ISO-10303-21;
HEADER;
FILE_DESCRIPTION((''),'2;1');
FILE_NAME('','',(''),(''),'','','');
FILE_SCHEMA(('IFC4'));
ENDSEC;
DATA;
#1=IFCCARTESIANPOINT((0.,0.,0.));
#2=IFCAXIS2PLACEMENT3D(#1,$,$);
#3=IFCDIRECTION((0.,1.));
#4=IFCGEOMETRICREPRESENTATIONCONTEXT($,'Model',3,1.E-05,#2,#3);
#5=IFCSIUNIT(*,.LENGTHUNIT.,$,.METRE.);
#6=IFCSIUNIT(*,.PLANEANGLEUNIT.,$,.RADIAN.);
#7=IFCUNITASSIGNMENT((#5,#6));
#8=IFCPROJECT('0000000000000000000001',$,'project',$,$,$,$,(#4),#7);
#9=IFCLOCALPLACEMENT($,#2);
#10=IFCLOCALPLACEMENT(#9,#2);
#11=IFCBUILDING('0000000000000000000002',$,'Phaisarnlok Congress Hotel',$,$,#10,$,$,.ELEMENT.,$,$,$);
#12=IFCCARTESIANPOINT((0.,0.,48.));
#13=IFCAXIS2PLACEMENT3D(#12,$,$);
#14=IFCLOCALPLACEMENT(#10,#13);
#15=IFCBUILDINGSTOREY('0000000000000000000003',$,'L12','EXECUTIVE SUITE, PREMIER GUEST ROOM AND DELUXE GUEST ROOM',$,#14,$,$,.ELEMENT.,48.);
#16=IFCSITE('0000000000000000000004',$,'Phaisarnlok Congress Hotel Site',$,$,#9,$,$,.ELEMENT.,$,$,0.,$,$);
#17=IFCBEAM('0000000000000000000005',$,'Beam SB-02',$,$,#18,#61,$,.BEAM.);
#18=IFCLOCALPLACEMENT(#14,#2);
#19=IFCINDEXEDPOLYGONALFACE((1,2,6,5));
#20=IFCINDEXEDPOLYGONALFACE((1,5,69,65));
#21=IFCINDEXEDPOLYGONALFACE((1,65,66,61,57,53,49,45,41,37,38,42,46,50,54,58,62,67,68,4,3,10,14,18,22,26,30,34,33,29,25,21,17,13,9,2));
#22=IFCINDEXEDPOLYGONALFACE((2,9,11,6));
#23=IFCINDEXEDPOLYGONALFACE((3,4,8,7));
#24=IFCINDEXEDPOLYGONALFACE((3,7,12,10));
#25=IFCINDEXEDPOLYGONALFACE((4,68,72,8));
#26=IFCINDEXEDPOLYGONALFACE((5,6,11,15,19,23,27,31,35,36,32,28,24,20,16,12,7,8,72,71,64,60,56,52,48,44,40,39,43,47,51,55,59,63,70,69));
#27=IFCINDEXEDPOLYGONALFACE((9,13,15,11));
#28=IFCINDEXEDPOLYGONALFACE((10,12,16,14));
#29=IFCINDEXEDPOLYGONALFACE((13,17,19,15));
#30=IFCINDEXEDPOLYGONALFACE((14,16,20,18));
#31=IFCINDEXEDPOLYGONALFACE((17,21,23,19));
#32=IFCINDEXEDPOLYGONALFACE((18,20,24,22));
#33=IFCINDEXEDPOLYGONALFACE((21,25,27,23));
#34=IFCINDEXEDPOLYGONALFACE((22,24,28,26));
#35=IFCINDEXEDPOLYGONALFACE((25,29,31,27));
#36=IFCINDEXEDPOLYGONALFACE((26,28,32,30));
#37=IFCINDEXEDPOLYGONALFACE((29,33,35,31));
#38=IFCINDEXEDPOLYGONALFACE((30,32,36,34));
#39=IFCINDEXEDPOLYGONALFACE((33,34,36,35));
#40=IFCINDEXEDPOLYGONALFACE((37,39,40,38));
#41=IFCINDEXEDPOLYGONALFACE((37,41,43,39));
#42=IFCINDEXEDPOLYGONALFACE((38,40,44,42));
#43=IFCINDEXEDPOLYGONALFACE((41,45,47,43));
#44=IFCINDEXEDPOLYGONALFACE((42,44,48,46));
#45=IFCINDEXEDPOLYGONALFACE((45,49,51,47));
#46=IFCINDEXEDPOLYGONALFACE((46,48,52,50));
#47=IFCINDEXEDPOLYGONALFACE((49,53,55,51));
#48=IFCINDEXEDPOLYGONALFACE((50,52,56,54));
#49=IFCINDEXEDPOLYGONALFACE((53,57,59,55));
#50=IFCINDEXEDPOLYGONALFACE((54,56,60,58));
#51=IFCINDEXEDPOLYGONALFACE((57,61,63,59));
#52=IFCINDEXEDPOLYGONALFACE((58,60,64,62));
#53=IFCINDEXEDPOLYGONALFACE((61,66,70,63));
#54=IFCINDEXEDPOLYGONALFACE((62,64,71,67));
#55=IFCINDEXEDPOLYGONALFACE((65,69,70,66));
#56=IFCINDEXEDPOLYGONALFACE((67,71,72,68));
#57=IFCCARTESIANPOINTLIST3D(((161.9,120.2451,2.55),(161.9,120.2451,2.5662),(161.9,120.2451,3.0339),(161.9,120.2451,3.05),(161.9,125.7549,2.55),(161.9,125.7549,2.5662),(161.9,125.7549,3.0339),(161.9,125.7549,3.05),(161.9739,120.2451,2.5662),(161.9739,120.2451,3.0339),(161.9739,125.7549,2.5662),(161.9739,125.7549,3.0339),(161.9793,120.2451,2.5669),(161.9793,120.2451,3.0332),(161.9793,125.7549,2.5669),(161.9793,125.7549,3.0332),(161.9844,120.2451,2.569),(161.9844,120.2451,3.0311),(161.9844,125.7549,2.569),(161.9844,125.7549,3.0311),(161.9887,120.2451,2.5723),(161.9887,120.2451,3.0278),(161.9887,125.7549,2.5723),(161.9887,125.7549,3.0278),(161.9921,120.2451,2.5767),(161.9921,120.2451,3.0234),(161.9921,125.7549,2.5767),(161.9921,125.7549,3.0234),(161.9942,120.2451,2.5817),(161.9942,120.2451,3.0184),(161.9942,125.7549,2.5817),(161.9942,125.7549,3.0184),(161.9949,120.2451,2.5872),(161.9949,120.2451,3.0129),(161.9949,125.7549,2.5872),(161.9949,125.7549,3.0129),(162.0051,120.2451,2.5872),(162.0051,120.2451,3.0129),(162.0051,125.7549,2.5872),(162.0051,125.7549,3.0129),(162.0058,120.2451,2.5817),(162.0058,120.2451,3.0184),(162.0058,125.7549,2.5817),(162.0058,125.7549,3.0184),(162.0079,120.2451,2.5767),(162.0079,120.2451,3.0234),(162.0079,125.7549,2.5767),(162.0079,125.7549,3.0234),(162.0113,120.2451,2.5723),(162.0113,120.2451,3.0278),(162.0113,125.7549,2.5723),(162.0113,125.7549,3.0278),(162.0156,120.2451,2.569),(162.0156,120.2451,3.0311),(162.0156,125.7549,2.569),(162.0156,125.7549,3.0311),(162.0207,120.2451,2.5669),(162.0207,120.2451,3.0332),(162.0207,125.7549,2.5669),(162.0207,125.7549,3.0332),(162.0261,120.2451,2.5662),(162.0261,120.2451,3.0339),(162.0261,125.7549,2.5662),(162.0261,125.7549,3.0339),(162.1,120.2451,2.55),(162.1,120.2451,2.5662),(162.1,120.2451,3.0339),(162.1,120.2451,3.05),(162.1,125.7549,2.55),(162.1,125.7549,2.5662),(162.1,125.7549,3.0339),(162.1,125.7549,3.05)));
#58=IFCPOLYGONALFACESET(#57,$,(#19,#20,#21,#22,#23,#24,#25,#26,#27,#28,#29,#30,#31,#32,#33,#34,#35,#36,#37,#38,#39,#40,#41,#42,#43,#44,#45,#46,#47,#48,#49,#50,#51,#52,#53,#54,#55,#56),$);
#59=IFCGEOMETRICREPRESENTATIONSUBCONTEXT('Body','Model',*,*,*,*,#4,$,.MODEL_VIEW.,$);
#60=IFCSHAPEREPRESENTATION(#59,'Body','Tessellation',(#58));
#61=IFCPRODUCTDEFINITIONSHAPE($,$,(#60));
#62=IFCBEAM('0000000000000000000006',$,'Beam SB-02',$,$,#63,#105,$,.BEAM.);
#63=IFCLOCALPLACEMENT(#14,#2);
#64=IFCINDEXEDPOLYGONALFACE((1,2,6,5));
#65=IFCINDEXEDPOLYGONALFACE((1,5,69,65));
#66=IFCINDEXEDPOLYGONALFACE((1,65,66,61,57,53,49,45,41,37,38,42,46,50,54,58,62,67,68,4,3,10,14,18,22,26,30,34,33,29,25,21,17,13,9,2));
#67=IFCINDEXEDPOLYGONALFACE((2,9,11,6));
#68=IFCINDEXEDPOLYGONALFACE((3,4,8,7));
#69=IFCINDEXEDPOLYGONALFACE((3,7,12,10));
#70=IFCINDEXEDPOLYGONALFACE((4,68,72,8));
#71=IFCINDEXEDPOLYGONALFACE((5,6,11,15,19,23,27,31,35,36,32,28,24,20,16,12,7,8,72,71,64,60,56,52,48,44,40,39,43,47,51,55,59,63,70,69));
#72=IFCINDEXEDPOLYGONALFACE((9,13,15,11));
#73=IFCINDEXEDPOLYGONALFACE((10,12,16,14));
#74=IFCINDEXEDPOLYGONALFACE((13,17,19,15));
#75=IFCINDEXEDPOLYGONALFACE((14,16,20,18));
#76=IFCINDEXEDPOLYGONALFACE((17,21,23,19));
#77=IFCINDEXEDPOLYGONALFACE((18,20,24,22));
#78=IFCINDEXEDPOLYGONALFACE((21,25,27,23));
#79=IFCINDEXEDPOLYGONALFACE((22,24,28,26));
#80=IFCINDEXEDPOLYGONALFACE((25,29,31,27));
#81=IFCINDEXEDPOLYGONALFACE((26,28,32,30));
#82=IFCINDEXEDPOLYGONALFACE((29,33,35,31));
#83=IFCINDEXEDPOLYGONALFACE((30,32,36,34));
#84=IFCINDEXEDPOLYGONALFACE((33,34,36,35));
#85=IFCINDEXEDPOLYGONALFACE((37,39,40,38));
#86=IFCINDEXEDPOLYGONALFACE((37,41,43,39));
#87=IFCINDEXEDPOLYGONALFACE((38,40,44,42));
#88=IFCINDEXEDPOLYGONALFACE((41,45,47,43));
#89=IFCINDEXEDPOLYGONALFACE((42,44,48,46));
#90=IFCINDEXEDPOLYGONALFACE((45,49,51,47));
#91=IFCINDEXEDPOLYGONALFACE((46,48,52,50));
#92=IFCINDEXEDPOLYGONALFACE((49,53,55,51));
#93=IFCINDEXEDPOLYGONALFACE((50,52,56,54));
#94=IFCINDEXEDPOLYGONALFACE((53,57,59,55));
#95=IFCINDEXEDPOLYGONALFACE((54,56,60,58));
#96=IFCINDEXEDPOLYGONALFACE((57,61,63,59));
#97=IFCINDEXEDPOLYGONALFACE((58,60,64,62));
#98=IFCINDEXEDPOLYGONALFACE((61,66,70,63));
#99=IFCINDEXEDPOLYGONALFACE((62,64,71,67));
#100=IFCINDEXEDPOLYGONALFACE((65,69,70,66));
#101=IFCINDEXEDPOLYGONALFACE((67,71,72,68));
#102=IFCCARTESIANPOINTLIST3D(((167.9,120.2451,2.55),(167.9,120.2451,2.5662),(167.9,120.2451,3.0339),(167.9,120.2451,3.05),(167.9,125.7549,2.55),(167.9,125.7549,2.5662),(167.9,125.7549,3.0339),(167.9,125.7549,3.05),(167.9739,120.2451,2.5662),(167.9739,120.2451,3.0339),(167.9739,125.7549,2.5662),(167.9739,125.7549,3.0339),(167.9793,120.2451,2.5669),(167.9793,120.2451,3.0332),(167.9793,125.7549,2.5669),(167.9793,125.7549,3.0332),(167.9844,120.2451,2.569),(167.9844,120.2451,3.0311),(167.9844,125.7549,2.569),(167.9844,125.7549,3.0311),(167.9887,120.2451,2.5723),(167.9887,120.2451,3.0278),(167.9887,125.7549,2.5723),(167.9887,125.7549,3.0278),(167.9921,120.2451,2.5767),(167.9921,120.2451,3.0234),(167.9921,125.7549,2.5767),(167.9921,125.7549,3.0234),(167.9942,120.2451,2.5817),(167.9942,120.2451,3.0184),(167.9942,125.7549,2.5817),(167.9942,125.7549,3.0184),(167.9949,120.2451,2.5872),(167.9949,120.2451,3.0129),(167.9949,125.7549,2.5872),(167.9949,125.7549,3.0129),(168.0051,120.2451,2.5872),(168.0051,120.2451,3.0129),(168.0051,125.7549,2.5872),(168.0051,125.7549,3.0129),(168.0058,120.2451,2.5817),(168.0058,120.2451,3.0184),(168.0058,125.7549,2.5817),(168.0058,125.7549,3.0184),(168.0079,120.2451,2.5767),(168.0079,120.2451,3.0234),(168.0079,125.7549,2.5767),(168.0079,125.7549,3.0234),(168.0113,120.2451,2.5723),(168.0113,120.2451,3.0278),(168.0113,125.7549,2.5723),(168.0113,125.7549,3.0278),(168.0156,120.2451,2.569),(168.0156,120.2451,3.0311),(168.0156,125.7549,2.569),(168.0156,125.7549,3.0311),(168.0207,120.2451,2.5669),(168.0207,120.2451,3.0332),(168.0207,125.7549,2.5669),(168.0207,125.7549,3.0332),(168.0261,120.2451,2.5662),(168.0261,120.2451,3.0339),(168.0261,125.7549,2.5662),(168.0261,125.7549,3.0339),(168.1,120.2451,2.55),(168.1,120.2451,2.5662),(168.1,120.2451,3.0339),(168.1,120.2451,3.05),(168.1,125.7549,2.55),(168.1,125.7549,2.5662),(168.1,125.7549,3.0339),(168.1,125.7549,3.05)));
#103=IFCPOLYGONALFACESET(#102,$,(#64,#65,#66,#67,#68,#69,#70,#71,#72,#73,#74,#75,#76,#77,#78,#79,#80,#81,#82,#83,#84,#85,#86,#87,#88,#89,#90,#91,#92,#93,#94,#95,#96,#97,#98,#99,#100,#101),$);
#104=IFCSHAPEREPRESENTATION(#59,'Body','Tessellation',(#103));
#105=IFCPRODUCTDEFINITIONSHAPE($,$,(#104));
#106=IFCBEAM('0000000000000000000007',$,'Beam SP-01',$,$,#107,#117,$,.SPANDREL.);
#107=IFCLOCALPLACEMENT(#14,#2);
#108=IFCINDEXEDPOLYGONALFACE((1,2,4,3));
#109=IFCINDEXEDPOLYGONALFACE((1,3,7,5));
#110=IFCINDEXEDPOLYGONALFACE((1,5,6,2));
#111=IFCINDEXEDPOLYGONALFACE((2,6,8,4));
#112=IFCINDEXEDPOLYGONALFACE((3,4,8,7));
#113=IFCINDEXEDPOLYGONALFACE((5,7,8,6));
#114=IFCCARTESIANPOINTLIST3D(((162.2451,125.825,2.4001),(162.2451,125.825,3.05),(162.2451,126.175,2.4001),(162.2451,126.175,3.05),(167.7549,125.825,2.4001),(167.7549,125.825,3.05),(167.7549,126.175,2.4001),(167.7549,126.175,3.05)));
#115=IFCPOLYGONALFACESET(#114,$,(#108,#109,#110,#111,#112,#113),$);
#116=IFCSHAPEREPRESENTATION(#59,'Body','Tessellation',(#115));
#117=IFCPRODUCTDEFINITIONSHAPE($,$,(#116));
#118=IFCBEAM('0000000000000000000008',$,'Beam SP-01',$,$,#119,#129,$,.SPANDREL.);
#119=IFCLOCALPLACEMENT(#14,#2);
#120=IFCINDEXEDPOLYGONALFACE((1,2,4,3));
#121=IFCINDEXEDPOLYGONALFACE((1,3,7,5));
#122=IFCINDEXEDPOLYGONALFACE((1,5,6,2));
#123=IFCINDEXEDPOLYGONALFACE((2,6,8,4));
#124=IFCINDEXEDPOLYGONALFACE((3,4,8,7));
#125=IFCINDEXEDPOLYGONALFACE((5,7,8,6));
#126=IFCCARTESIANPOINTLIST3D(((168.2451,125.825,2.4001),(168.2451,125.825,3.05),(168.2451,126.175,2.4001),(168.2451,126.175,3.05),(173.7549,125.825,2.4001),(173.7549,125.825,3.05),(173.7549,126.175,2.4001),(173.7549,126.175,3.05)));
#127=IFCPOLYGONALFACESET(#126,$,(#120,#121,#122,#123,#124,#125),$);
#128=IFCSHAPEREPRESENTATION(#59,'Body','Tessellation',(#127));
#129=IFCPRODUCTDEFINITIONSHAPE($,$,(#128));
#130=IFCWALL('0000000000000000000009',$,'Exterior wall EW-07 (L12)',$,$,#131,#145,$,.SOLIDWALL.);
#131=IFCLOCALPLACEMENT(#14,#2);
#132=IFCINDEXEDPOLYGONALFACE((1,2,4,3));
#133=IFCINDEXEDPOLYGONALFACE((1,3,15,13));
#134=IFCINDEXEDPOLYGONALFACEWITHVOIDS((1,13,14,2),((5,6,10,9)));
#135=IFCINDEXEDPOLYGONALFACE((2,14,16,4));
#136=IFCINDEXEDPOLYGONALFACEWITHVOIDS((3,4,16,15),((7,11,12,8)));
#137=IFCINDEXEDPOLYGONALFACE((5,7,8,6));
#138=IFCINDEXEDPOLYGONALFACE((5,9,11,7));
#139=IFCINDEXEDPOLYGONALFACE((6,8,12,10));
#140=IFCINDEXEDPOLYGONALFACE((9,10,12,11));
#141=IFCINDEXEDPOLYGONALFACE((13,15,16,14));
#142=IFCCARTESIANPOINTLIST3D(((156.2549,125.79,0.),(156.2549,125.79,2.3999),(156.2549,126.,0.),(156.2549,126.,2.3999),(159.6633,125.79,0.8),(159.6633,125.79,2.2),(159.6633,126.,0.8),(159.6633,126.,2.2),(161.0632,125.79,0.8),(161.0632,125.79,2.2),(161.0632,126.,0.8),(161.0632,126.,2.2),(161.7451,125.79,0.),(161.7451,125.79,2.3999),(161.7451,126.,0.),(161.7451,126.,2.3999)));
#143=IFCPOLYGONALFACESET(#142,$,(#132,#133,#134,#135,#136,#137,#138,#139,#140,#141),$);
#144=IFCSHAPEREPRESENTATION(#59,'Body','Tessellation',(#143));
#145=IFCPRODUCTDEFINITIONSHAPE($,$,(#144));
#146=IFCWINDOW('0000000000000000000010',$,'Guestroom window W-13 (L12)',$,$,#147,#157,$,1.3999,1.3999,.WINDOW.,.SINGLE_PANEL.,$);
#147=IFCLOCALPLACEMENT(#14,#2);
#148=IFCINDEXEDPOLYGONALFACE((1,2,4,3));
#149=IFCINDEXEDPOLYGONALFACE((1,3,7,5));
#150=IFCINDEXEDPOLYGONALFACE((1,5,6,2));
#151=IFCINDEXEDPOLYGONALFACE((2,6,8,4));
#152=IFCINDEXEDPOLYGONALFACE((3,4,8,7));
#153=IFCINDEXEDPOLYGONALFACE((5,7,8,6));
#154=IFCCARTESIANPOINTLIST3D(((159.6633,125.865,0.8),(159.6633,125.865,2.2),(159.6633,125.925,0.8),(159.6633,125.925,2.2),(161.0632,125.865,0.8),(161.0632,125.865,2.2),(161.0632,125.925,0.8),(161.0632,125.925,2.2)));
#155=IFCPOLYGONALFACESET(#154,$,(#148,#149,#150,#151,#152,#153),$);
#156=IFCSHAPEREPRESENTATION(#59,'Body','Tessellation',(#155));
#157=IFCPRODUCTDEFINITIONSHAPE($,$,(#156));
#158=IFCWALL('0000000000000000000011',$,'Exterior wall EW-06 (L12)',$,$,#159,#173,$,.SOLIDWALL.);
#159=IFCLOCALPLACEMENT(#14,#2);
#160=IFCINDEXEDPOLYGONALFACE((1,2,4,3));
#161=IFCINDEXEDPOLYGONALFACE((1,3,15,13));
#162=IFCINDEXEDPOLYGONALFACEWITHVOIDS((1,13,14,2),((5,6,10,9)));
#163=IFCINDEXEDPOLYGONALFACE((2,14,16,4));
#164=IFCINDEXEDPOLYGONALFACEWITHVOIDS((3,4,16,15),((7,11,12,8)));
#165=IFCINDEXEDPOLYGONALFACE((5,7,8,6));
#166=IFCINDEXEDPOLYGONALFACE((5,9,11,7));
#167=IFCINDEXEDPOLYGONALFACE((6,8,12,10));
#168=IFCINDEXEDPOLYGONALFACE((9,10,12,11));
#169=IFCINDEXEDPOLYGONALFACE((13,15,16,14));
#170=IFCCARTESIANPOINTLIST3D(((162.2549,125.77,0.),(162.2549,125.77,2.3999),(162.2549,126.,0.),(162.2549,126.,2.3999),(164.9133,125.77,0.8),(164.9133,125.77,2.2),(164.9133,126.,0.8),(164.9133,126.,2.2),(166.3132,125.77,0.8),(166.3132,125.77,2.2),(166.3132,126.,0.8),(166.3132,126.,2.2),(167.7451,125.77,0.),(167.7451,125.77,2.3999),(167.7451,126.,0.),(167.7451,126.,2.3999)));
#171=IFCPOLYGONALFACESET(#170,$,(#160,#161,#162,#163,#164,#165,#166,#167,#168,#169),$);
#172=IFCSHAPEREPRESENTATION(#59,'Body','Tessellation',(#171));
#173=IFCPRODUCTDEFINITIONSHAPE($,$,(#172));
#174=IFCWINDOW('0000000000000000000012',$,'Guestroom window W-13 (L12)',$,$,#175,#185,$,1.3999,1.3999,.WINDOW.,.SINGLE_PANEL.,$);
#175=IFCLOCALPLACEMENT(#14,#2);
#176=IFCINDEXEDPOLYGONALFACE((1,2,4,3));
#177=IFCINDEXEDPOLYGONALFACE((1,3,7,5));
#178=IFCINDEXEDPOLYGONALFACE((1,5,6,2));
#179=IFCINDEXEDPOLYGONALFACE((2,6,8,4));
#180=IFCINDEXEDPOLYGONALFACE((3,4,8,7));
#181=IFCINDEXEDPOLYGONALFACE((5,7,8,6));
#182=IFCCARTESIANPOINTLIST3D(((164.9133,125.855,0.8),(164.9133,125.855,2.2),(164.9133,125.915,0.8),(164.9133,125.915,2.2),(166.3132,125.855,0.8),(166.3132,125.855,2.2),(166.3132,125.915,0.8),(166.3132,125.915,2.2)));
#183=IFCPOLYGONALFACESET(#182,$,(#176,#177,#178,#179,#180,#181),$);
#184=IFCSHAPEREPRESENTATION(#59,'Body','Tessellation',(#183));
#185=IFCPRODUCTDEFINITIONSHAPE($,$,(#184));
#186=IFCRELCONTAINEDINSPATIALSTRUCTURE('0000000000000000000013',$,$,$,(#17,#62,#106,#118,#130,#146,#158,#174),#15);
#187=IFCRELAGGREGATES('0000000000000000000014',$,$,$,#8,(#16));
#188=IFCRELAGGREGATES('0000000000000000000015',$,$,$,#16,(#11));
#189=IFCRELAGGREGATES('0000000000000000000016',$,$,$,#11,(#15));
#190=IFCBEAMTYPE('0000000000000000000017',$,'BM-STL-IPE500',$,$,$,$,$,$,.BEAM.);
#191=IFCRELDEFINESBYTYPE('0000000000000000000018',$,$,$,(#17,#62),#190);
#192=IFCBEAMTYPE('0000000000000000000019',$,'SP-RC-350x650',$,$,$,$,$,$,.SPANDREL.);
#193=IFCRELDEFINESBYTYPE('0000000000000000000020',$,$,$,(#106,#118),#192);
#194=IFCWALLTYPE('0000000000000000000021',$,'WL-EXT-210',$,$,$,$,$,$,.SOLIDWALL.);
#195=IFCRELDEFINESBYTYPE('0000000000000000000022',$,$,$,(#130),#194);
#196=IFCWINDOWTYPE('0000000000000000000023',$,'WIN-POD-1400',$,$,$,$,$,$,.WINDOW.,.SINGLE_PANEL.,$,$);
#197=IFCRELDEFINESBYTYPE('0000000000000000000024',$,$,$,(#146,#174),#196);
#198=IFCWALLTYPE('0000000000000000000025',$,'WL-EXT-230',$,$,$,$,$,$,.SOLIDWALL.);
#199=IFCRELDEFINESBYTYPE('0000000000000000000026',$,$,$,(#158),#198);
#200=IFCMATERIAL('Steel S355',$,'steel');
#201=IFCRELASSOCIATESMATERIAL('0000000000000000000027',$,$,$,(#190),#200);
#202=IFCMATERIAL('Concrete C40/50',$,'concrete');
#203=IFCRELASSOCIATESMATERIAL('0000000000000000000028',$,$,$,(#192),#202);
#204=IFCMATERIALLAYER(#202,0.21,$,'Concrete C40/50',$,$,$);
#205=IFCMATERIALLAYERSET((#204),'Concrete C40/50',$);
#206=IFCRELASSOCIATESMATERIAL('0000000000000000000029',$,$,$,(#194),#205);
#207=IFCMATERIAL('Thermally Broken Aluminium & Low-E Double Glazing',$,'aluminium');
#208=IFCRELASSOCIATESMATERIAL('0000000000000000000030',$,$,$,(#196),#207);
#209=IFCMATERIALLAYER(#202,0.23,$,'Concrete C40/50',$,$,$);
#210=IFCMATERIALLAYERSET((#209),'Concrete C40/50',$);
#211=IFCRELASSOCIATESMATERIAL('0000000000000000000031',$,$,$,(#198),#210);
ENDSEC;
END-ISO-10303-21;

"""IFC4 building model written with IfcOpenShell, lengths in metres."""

from ifc_helpers import new_model, si_unit, direction, frame, frame_2d, origin, origin_2d, place, context, subcontext, project, spatial, rectangle, i_section, extrude, material, layer, layer_set, material_profile, profile_set, type_object, element, fill, save


model = new_model("IFC4")

# Units and contexts
model_context = context("Model", 3, precision=1e-05, world=origin(), true_north=direction((0.0, 1.0)))
body_context = subcontext(model_context, "Body", "Model", "MODEL_VIEW")
ifc_project = project(units=[si_unit("LENGTHUNIT", "METRE"), si_unit("PLANEANGLEUNIT", "RADIAN")], contexts=[model_context])

# Site, building, storey
site_placement = place(None, origin())
site = spatial("IfcSite", under=ifc_project, at=site_placement, Name="Phaisarnlok Congress Hotel Site", CompositionType="ELEMENT", RefElevation=0.0)
building_placement = place(site_placement, origin())
building = spatial("IfcBuilding", under=site, at=building_placement, Name="Phaisarnlok Congress Hotel", CompositionType="ELEMENT")
storey_placement = place(building_placement, frame((0.0, 0.0, 48.0)))
storey = spatial("IfcBuildingStorey", under=building, at=storey_placement, Name="L12", Description="EXECUTIVE SUITE, PREMIER GUEST ROOM AND DELUXE GUEST ROOM", CompositionType="ELEMENT", Elevation=48.0)

# Beams
ifc_material_1 = material(Name="Concrete C40/50", Category="concrete")
ifc_material_2 = material(Name="Steel S355", Category="steel")
ifc_material_profile_1 = material_profile(ifc_material_2, i_section(OverallWidth=0.2, OverallDepth=0.5, WebThickness=0.0103, FlangeThickness=0.0161, FilletRadius=0.021, at=origin_2d()), Name="IPE 500")
ifc_profile_set_1 = profile_set([ifc_material_profile_1], Name="Steel S355")
beam_type_1 = type_object("IfcBeamType", Name="BM-STL-IPE500", PredefinedType="BEAM", material=ifc_profile_set_1)
for number, where, z_axis, x_axis, name in (
    (1, (162.0, 120.2451, 2.8), (0.0, 1.0, 0.0), (-1.0, 0.0, 0.0), "Beam SB-02"),
    (2, (168.0, 120.2451, 2.8), (0.0, 1.0, 0.0), (-1.0, 0.0, 0.0), "Beam SB-02"),
):
    element("IfcBeam", number, at=place(storey_placement, frame(where, z_axis=z_axis, x_axis=x_axis)), inside=storey, type_object=beam_type_1, Name=name, PredefinedType="BEAM", context=body_context, shape_type="SweptSolid", body=[
        extrude(i_section(OverallWidth=0.2, OverallDepth=0.5, WebThickness=0.0103, FlangeThickness=0.0161, FilletRadius=0.021, at=origin_2d()), origin(), (0.0, 0.0, 1.0), 5.5098),
    ])
ifc_material_profile_2 = material_profile(ifc_material_1, rectangle(XDim=0.3501, YDim=0.6499, at=origin_2d()), Name="RC 350x650")
ifc_profile_set_2 = profile_set([ifc_material_profile_2], Name="Concrete C40/50")
beam_type_2 = type_object("IfcBeamType", Name="SP-RC-350x650", PredefinedType="SPANDREL", material=ifc_profile_set_2)
for number, where, z_axis, x_axis, name in (
    (3, (162.2451, 126.0, 2.7251), (1.0, 0.0, 0.0), (0.0, 1.0, 0.0), "Beam SP-01"),
    (4, (168.2451, 126.0, 2.7251), (1.0, 0.0, 0.0), (0.0, 1.0, 0.0), "Beam SP-01"),
):
    element("IfcBeam", number, at=place(storey_placement, frame(where, z_axis=z_axis, x_axis=x_axis)), inside=storey, type_object=beam_type_2, Name=name, PredefinedType="SPANDREL", context=body_context, shape_type="SweptSolid", body=[
        extrude(rectangle(XDim=0.3501, YDim=0.6499, at=origin_2d()), origin(), (0.0, 0.0, 1.0), 5.5098),
    ])

# Walls, openings, windows
ifc_layer_1 = layer(ifc_material_1, 0.21, Name="Concrete C40/50")
ifc_layer_set_1 = layer_set([ifc_layer_1], Name="Concrete C40/50")
wall_type_1 = type_object("IfcWallType", Name="WL-EXT-210", PredefinedType="SOLIDWALL", material=ifc_layer_set_1)
wall_1_placement = place(storey_placement, frame((161.7451, 125.895, 0.0), z_axis=(0.0, 0.0, 1.0), x_axis=(-1.0, 0.0, 0.0)))
wall_1 = element("IfcWall", 5, at=wall_1_placement, inside=storey, type_object=wall_type_1, Name="Exterior wall EW-07 (L12)", PredefinedType="SOLIDWALL", context=body_context, shape_type="SweptSolid", body=[
    extrude(rectangle(XDim=5.4902, YDim=0.21, at=frame_2d((2.7451, 0.0))), origin(), (0.0, 0.0, 1.0), 2.3999),
])
opening_1_placement = place(wall_1_placement, frame((0.6819, 0.0, 0.8)))
opening_1 = element("IfcOpeningElement", 6, at=opening_1_placement, cuts=wall_1, PredefinedType="OPENING", context=body_context, shape_type="SweptSolid", body=[
    extrude(rectangle(XDim=1.3999, YDim=1.3999, at=frame_2d((0.7, 0.7))), frame((0.0, 0.115, 0.0), z_axis=(0.0, -1.0, 0.0), x_axis=(1.0, 0.0, 0.0)), (0.0, 0.0, 1.0), 0.23),
])
ifc_material_3 = material(Name="Thermally Broken Aluminium & Low-E Double Glazing", Category="aluminium")
window_type = type_object("IfcWindowType", Name="WIN-POD-1400", PartitioningType="SINGLE_PANEL", PredefinedType="WINDOW", material=ifc_material_3)
window_1_placement = place(opening_1_placement, origin())
window_1 = element("IfcWindow", 7, at=window_1_placement, inside=storey, type_object=window_type, Name="Guestroom window W-13 (L12)", OverallHeight=1.3999, OverallWidth=1.3999, PartitioningType="SINGLE_PANEL", PredefinedType="WINDOW", context=body_context, shape_type="SweptSolid", body=[
    extrude(rectangle(XDim=1.3999, YDim=1.3999, at=frame_2d((0.7, 0.7))), frame((0.0, 0.03, 0.0), z_axis=(0.0, -1.0, 0.0), x_axis=(1.0, 0.0, 0.0)), (0.0, 0.0, 1.0), 0.0601),
])
fill(opening_1, window_1)
ifc_layer_2 = layer(ifc_material_1, 0.23, Name="Concrete C40/50")
ifc_layer_set_2 = layer_set([ifc_layer_2], Name="Concrete C40/50")
wall_type_2 = type_object("IfcWallType", Name="WL-EXT-230", PredefinedType="SOLIDWALL", material=ifc_layer_set_2)
wall_2_placement = place(storey_placement, frame((167.7451, 125.885, 0.0), z_axis=(0.0, 0.0, 1.0), x_axis=(-1.0, 0.0, 0.0)))
wall_2 = element("IfcWall", 8, at=wall_2_placement, inside=storey, type_object=wall_type_2, Name="Exterior wall EW-06 (L12)", PredefinedType="SOLIDWALL", context=body_context, shape_type="SweptSolid", body=[
    extrude(rectangle(XDim=5.4902, YDim=0.23, at=frame_2d((2.7451, 0.0))), origin(), (0.0, 0.0, 1.0), 2.3999),
])
opening_2_placement = place(wall_2_placement, frame((1.4319, 0.0, 0.8)))
opening_2 = element("IfcOpeningElement", 9, at=opening_2_placement, cuts=wall_2, PredefinedType="OPENING", context=body_context, shape_type="SweptSolid", body=[
    extrude(rectangle(XDim=1.3999, YDim=1.3999, at=frame_2d((0.7, 0.7))), frame((0.0, 0.125, 0.0), z_axis=(0.0, -1.0, 0.0), x_axis=(1.0, 0.0, 0.0)), (0.0, 0.0, 1.0), 0.25),
])
window_2_placement = place(opening_2_placement, origin())
window_2 = element("IfcWindow", 10, at=window_2_placement, inside=storey, type_object=window_type, Name="Guestroom window W-13 (L12)", OverallHeight=1.3999, OverallWidth=1.3999, PartitioningType="SINGLE_PANEL", PredefinedType="WINDOW", context=body_context, shape_type="SweptSolid", body=[
    extrude(rectangle(XDim=1.3999, YDim=1.3999, at=frame_2d((0.7, 0.7))), frame((0.0, 0.03, 0.0), z_axis=(0.0, -1.0, 0.0), x_axis=(1.0, 0.0, 0.0)), (0.0, 0.0, 1.0), 0.0601),
])
fill(opening_2, window_2)

save(model, "model.ifc")
